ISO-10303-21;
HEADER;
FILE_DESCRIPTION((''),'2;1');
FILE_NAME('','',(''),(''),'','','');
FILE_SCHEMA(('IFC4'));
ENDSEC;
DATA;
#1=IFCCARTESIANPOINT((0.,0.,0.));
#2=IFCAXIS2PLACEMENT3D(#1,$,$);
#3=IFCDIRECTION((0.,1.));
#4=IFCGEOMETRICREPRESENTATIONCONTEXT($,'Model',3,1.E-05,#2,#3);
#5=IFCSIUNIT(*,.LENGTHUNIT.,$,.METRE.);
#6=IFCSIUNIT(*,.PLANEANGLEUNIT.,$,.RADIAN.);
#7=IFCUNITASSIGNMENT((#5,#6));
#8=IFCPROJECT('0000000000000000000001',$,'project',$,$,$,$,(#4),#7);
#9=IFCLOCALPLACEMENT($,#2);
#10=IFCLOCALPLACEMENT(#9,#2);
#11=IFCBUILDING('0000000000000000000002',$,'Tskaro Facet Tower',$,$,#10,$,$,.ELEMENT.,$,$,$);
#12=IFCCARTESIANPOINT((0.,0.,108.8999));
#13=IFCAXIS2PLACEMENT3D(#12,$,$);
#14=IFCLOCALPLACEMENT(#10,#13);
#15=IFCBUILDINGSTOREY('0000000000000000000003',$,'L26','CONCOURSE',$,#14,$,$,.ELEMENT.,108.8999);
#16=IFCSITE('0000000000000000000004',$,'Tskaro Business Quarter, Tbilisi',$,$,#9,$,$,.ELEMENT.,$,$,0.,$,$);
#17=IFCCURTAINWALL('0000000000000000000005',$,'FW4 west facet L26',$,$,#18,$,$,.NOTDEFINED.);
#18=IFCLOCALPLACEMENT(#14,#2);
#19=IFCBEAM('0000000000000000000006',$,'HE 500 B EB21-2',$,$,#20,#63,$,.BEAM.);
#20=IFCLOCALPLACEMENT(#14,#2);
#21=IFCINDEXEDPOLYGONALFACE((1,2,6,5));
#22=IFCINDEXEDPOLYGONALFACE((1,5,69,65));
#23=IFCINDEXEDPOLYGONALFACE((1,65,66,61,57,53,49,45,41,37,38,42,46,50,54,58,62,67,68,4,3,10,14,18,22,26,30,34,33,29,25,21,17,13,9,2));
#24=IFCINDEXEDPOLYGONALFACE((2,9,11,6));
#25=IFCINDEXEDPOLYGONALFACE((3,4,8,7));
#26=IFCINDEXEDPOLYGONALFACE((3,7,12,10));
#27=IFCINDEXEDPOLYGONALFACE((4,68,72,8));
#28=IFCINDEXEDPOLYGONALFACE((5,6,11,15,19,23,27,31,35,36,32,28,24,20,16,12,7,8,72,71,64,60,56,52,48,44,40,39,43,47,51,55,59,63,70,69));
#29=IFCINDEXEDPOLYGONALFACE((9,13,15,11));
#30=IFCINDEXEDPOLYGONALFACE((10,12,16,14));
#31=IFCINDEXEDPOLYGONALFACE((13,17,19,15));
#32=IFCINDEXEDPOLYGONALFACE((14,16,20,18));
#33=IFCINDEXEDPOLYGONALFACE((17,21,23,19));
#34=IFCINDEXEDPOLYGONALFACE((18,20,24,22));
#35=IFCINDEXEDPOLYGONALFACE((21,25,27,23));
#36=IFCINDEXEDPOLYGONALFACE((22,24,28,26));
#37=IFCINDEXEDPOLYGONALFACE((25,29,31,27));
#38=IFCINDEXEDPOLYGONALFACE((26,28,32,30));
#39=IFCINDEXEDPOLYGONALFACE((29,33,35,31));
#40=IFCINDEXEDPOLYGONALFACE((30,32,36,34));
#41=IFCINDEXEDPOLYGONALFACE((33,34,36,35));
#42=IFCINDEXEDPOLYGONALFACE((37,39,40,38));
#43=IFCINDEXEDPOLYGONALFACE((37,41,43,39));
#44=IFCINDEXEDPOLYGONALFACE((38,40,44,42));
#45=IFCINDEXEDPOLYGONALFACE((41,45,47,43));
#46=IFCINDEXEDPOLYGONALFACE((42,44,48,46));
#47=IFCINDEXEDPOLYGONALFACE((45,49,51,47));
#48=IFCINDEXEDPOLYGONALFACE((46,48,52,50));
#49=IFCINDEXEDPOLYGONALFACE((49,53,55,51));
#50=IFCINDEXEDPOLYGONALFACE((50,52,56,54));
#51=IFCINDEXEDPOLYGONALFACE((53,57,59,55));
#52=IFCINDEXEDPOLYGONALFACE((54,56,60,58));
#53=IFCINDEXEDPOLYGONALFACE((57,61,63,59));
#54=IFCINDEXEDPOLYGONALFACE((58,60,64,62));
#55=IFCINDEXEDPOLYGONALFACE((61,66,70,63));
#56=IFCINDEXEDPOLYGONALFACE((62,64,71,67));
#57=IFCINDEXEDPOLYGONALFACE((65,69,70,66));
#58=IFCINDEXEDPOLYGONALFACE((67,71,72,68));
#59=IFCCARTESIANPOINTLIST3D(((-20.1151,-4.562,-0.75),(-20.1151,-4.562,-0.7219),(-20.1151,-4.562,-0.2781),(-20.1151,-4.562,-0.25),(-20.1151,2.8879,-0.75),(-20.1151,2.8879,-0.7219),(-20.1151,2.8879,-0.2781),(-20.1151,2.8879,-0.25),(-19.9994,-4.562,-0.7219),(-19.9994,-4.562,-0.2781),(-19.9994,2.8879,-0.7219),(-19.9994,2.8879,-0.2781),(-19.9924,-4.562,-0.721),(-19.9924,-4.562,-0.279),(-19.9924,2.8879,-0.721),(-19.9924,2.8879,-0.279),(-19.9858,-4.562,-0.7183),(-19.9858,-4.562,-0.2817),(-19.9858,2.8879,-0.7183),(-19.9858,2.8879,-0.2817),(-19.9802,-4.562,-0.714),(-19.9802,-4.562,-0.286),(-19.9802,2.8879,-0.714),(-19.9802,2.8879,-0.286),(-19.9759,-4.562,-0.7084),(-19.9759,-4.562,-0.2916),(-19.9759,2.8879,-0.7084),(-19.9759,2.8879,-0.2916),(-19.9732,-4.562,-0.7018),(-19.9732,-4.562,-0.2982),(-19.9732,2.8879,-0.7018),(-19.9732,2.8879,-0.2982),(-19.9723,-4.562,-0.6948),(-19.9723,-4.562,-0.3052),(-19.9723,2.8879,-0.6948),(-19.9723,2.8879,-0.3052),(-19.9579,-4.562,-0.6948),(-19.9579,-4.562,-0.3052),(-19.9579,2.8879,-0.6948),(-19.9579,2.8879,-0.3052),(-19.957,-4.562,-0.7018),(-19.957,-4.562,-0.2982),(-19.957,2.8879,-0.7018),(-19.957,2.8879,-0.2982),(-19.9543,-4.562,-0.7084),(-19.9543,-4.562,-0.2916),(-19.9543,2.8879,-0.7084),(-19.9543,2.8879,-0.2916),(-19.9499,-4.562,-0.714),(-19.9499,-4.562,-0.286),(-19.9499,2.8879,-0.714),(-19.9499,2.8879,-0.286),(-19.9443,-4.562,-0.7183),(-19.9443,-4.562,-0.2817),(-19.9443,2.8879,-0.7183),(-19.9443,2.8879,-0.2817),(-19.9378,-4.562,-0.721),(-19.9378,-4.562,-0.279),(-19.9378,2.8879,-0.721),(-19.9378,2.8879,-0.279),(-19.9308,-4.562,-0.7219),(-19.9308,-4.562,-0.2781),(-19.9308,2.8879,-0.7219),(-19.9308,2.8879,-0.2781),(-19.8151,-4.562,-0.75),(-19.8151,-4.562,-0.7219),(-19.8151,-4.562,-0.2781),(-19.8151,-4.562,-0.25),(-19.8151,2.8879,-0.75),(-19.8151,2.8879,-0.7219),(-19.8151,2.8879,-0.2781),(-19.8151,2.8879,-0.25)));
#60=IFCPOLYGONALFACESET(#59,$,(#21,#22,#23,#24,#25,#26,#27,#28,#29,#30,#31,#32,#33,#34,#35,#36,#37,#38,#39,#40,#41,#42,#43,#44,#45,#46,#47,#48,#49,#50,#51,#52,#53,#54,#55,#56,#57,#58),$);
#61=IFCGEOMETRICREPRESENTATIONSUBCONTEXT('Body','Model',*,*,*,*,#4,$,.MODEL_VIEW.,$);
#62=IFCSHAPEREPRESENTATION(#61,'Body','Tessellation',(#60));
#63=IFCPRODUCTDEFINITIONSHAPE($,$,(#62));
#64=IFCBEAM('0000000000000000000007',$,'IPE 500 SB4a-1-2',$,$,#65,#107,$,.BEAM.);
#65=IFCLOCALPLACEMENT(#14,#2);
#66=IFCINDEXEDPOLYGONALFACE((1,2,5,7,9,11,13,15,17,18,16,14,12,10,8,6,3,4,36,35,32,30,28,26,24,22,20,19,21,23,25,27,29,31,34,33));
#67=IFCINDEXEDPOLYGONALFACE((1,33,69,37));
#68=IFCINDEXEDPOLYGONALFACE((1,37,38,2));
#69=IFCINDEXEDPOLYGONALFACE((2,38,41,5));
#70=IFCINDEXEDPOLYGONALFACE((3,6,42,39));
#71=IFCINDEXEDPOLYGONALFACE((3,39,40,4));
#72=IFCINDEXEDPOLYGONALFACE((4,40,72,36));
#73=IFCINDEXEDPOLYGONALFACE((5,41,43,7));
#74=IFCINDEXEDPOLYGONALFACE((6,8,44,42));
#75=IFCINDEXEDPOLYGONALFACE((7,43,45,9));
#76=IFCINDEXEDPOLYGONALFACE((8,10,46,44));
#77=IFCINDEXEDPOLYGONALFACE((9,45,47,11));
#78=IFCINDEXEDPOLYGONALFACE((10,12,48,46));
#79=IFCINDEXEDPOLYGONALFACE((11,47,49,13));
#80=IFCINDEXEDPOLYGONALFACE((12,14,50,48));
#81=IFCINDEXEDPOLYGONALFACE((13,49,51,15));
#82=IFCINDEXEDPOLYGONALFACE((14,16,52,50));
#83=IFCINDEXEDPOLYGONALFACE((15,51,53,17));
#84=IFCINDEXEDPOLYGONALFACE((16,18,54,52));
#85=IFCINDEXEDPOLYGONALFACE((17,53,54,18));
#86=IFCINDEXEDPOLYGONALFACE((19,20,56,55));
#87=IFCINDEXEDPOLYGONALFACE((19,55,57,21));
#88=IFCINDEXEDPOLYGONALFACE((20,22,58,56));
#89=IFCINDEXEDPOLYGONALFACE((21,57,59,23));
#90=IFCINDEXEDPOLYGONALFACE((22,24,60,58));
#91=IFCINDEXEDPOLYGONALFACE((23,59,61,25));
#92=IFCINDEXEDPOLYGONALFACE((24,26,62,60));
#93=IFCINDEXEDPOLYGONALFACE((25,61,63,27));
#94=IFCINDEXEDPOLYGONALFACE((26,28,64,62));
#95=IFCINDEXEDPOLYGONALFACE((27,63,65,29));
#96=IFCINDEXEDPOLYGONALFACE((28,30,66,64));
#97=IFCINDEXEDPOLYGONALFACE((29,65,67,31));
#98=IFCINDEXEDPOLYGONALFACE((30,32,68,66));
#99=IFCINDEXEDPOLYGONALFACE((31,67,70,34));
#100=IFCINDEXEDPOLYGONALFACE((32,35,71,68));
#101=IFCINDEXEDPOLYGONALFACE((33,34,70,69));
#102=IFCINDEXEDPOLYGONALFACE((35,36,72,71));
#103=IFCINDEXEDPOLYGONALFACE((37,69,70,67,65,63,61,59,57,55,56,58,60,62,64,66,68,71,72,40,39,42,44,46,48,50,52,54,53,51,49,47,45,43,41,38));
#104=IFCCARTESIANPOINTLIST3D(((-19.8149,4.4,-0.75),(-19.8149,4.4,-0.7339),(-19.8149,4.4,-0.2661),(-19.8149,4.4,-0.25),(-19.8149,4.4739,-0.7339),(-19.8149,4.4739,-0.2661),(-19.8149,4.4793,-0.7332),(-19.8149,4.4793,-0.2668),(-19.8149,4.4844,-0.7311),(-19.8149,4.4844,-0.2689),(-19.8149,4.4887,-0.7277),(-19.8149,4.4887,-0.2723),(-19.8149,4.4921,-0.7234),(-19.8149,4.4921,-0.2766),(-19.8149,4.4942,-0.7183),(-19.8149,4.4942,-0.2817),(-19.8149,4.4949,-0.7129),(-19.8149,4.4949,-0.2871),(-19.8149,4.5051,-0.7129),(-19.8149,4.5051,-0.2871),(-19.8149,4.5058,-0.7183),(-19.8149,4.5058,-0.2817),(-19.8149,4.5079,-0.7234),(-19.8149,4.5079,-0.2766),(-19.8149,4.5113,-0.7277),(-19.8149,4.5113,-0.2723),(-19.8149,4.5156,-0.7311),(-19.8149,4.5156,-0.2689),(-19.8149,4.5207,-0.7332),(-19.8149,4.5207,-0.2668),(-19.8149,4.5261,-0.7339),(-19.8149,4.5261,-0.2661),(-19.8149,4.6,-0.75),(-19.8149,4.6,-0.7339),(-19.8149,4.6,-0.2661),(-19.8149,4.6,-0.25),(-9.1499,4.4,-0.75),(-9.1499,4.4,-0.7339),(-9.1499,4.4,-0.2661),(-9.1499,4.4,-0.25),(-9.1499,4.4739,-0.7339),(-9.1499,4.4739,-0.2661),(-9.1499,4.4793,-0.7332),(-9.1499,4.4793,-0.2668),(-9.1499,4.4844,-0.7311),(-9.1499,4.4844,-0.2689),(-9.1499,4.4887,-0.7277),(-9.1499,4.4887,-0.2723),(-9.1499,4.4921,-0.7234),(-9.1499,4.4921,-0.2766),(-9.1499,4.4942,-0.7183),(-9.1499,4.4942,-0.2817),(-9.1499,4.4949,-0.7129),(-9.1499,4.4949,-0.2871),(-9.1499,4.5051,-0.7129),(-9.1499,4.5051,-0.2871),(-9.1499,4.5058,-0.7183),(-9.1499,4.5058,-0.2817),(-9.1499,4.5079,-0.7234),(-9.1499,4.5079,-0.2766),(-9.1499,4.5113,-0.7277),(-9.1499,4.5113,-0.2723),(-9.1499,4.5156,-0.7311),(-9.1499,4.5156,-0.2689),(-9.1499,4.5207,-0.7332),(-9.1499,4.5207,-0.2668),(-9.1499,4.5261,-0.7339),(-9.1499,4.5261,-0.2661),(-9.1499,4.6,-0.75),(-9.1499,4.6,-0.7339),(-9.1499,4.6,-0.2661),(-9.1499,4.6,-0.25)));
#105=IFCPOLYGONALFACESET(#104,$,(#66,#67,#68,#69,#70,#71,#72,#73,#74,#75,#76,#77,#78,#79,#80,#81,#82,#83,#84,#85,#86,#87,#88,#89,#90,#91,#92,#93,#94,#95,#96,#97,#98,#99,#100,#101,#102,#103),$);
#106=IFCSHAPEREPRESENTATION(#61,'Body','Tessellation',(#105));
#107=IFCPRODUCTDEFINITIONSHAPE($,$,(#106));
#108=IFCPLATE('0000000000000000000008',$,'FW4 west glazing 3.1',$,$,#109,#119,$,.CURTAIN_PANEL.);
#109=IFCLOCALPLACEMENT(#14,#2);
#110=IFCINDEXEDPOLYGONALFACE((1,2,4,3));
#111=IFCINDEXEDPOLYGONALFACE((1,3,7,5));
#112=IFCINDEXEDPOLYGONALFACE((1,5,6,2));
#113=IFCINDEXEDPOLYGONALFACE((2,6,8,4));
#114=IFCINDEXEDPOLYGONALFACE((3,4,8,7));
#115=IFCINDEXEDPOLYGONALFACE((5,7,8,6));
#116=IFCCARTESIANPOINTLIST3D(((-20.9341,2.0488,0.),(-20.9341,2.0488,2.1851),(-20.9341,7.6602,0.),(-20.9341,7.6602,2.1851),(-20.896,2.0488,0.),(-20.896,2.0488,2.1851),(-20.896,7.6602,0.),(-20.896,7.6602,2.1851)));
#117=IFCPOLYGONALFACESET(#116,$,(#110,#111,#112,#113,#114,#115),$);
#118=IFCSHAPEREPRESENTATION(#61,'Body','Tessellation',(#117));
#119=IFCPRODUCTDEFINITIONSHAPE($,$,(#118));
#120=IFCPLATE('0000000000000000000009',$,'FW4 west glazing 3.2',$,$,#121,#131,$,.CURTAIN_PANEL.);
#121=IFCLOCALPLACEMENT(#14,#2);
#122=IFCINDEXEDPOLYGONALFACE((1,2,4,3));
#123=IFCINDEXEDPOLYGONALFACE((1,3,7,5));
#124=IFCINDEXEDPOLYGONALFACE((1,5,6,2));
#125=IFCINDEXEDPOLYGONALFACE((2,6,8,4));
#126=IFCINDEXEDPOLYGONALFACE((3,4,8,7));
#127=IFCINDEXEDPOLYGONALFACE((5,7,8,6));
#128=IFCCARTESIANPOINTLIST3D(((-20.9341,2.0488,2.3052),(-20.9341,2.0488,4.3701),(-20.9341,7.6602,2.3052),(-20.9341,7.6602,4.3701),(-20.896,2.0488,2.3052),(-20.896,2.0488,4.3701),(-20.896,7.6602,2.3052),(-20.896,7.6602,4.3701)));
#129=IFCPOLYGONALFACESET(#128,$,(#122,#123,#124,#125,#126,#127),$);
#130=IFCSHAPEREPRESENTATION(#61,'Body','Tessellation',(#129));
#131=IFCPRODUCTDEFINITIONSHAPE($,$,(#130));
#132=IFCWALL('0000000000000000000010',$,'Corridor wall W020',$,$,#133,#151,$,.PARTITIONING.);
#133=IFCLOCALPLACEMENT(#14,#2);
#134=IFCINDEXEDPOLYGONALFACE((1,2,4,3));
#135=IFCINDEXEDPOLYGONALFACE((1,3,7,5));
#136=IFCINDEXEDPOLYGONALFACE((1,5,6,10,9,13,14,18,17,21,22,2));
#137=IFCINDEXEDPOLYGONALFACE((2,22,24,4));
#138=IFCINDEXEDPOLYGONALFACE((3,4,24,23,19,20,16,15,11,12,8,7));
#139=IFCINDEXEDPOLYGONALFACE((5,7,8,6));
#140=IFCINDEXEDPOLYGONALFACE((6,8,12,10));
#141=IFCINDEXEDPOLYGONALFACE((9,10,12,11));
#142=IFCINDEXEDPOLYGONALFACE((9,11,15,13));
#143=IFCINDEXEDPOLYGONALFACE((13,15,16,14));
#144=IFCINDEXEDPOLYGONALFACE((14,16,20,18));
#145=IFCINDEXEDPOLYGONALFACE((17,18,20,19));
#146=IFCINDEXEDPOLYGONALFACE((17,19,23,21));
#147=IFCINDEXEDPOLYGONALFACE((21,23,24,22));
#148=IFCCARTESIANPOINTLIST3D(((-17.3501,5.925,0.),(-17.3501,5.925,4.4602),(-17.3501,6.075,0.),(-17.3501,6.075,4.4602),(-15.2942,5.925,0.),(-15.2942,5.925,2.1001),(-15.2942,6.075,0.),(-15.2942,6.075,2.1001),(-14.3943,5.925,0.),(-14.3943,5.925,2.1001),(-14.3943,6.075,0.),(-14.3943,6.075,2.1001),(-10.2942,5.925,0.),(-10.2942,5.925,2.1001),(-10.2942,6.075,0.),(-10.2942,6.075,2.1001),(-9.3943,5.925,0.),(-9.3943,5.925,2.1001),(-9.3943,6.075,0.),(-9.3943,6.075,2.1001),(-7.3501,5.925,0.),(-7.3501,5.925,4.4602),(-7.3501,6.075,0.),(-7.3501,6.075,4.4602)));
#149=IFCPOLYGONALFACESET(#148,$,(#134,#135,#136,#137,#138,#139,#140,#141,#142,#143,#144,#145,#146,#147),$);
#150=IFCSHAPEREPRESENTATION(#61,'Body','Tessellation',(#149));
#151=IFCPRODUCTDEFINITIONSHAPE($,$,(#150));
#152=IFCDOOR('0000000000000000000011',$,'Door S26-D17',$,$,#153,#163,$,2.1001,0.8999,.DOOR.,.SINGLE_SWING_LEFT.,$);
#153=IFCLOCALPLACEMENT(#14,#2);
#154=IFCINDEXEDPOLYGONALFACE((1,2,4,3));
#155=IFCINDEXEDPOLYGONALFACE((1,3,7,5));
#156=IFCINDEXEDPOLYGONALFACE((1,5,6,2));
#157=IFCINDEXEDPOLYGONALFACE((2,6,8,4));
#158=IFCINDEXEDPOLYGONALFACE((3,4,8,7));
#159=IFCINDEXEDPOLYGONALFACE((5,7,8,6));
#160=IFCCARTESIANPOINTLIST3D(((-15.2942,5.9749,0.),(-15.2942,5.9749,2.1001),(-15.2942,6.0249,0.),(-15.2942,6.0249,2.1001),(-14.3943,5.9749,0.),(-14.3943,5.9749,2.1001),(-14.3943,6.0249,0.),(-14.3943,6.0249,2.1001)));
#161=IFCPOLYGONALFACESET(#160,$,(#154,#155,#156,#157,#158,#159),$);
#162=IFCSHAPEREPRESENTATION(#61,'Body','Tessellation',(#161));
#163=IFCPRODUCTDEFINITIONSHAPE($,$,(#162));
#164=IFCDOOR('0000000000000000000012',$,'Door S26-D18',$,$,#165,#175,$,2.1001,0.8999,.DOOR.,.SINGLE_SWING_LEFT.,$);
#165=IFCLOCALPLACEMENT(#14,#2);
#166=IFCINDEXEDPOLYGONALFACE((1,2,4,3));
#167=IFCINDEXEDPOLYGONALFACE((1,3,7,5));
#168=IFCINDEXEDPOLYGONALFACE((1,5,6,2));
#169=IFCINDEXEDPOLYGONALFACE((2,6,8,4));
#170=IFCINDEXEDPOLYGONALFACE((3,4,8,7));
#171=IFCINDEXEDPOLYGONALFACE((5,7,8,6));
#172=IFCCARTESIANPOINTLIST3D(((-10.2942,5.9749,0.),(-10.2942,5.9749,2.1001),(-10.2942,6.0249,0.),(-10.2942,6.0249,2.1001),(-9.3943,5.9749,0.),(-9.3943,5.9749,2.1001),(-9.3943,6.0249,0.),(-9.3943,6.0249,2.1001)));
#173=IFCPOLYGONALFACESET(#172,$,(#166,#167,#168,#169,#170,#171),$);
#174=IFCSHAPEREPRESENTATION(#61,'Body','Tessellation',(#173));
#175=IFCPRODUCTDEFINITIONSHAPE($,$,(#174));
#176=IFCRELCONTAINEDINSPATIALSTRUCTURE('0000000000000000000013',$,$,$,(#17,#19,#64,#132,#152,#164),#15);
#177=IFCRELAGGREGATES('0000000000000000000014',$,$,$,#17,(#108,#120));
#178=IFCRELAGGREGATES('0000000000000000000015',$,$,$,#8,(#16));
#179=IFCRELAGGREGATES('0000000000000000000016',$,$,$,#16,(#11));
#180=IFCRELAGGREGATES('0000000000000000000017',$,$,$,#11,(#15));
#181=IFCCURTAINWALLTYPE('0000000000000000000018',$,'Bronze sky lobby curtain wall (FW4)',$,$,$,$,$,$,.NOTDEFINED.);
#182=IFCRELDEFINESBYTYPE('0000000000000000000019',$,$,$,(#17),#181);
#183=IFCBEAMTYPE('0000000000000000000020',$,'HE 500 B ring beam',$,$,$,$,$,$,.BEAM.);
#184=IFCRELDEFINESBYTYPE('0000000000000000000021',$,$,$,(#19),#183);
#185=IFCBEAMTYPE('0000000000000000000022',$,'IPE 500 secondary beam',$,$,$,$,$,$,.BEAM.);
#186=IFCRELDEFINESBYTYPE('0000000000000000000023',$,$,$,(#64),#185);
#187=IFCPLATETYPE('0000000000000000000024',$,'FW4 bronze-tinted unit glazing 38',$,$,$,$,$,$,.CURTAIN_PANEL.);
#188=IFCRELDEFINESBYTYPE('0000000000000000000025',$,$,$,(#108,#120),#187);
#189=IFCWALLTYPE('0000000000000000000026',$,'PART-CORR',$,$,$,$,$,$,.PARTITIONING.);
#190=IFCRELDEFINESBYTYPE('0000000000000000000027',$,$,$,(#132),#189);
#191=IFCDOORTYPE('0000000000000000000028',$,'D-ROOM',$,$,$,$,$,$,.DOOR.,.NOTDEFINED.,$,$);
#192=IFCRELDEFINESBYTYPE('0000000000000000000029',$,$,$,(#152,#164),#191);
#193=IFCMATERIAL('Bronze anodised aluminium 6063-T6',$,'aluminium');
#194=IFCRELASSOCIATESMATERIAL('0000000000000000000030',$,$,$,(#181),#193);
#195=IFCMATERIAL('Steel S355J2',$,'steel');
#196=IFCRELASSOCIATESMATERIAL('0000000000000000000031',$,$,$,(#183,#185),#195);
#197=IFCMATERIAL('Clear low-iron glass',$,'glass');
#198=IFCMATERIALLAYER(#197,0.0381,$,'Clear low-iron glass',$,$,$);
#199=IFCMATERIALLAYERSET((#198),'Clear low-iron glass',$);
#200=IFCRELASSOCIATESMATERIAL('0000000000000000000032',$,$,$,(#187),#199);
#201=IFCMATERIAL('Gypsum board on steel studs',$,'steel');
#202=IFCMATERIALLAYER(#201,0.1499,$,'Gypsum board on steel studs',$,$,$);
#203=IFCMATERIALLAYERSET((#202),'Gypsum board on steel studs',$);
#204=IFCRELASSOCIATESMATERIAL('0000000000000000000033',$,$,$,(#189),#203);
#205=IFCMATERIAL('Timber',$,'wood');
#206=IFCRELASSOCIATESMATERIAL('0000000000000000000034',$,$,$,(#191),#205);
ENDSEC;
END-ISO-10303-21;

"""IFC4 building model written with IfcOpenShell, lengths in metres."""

from ifc_helpers import new_model, si_unit, direction, frame, frame_2d, origin, origin_2d, place, context, subcontext, project, spatial, rectangle, i_section, extrude, material, layer, layer_set, material_profile, profile_set, type_object, element, fill, aggregate, save


model = new_model("IFC4")

# Units and contexts
model_context = context("Model", 3, precision=1e-05, world=origin(), true_north=direction((0.0, 1.0)))
body_context = subcontext(model_context, "Body", "Model", "MODEL_VIEW")
ifc_project = project(units=[si_unit("LENGTHUNIT", "METRE"), si_unit("PLANEANGLEUNIT", "RADIAN")], contexts=[model_context])

# Site, building, storey
site_placement = place(None, origin())
site = spatial("IfcSite", under=ifc_project, at=site_placement, Name="Tskaro Business Quarter, Tbilisi", CompositionType="ELEMENT", RefElevation=0.0)
building_placement = place(site_placement, origin())
building = spatial("IfcBuilding", under=site, at=building_placement, Name="Tskaro Facet Tower", CompositionType="ELEMENT")
storey_placement = place(building_placement, frame((0.0, 0.0, 108.8999)))
storey = spatial("IfcBuildingStorey", under=building, at=storey_placement, Name="L26", Description="CONCOURSE", CompositionType="ELEMENT", Elevation=108.8999)

# Curtain wall
ifc_material_1 = material(Name="Bronze anodised aluminium 6063-T6", Category="aluminium")
curtain_wall_type = type_object("IfcCurtainWallType", Name="Bronze sky lobby curtain wall (FW4)", PredefinedType="NOTDEFINED", material=ifc_material_1)
curtain_wall_placement = place(storey_placement, origin())
curtain_wall = element("IfcCurtainWall", 1, at=curtain_wall_placement, inside=storey, type_object=curtain_wall_type, Name="FW4 west facet L26", PredefinedType="NOTDEFINED")

# Beams
ifc_material_2 = material(Name="Steel S355J2", Category="steel")
ifc_material_profile_1 = material_profile(ifc_material_2, i_section(OverallWidth=0.3, OverallDepth=0.5, WebThickness=0.0144, FlangeThickness=0.0281, FilletRadius=0.0271, at=origin_2d()), Name="HE 500 B")
ifc_profile_set_1 = profile_set([ifc_material_profile_1], Name="Steel S355J2")
beam_type_1 = type_object("IfcBeamType", Name="HE 500 B ring beam", PredefinedType="BEAM", material=ifc_profile_set_1)
beam_1_placement = place(storey_placement, frame((-19.9651, 2.8879, -0.5), z_axis=(0.0, -1.0, 0.0), x_axis=(1.0, 0.0, 0.0)))
element("IfcBeam", 2, at=beam_1_placement, inside=storey, type_object=beam_type_1, Name="HE 500 B EB21-2", PredefinedType="BEAM", context=body_context, shape_type="SweptSolid", body=[
    extrude(i_section(OverallWidth=0.3, OverallDepth=0.5, WebThickness=0.0144, FlangeThickness=0.0281, FilletRadius=0.0271, at=origin_2d()), origin(), (0.0, 0.0, 1.0), 7.45),
])
ifc_material_profile_2 = material_profile(ifc_material_2, i_section(OverallWidth=0.2, OverallDepth=0.5, WebThickness=0.0103, FlangeThickness=0.0161, FilletRadius=0.021, at=origin_2d()), Name="IPE 500")
ifc_profile_set_2 = profile_set([ifc_material_profile_2], Name="Steel S355J2")
beam_type_2 = type_object("IfcBeamType", Name="IPE 500 secondary beam", PredefinedType="BEAM", material=ifc_profile_set_2)
beam_2_placement = place(storey_placement, frame((-19.8149, 4.5, -0.5), z_axis=(1.0, 0.0, 0.0), x_axis=(0.0, 1.0, 0.0)))
element("IfcBeam", 3, at=beam_2_placement, inside=storey, type_object=beam_type_2, Name="IPE 500 SB4a-1-2", PredefinedType="BEAM", context=body_context, shape_type="SweptSolid", body=[
    extrude(i_section(OverallWidth=0.2, OverallDepth=0.5, WebThickness=0.0103, FlangeThickness=0.0161, FilletRadius=0.021, at=origin_2d()), origin(), (0.0, 0.0, 1.0), 10.665),
])

# Plates
ifc_material_3 = material(Name="Clear low-iron glass", Category="glass")
ifc_layer_1 = layer(ifc_material_3, 0.0381, Name="Clear low-iron glass")
ifc_layer_set_1 = layer_set([ifc_layer_1], Name="Clear low-iron glass")
plate_type = type_object("IfcPlateType", Name="FW4 bronze-tinted unit glazing 38", PredefinedType="CURTAIN_PANEL", material=ifc_layer_set_1)
plate_1_placement = place(storey_placement, frame((-20.915, 4.8545, 0.0), z_axis=(0.0, 0.0, 1.0), x_axis=(0.0, -1.0, 0.0)))
plate_1 = element("IfcPlate", 4, at=plate_1_placement, type_object=plate_type, Name="FW4 west glazing 3.1", PredefinedType="CURTAIN_PANEL", context=body_context, shape_type="SweptSolid", body=[
    extrude(rectangle(XDim=5.6113, YDim=0.0381, at=origin_2d()), origin(), (0.0, 0.0, 1.0), 2.1851),
])
plate_2_placement = place(storey_placement, frame((-20.915, 4.8545, 2.3052), z_axis=(0.0, 0.0, 1.0), x_axis=(0.0, -1.0, 0.0)))
plate_2 = element("IfcPlate", 5, at=plate_2_placement, type_object=plate_type, Name="FW4 west glazing 3.2", PredefinedType="CURTAIN_PANEL", context=body_context, shape_type="SweptSolid", body=[
    extrude(rectangle(XDim=5.6113, YDim=0.0381, at=origin_2d()), origin(), (0.0, 0.0, 1.0), 2.0649),
])
aggregate(curtain_wall, [plate_1, plate_2])

# Wall, openings, doors
ifc_material_4 = material(Name="Gypsum board on steel studs", Category="steel")
ifc_layer_2 = layer(ifc_material_4, 0.1499, Name="Gypsum board on steel studs")
ifc_layer_set_2 = layer_set([ifc_layer_2], Name="Gypsum board on steel studs")
wall_type = type_object("IfcWallType", Name="PART-CORR", PredefinedType="PARTITIONING", material=ifc_layer_set_2)
wall_1_placement = place(storey_placement, frame((-17.3501, 6.0, 0.0), z_axis=(0.0, 0.0, 1.0), x_axis=(1.0, 0.0, 0.0)))
wall_1 = element("IfcWall", 6, at=wall_1_placement, inside=storey, type_object=wall_type, Name="Corridor wall W020", PredefinedType="PARTITIONING", context=body_context, shape_type="SweptSolid", body=[
    extrude(rectangle(XDim=10.0, YDim=0.1499, at=frame_2d((5.0, 0.0))), origin(), (0.0, 0.0, 1.0), 4.4602),
])
opening_1_placement = place(wall_1_placement, frame((2.0559, 0.0, 0.0)))
opening_1 = element("IfcOpeningElement", 7, at=opening_1_placement, cuts=wall_1, PredefinedType="OPENING", context=body_context, shape_type="SweptSolid", body=[
    extrude(rectangle(XDim=0.8999, YDim=2.1001, at=frame_2d((0.45, 1.05))), frame((0.0, 0.085, 0.0), z_axis=(0.0, -1.0, 0.0), x_axis=(1.0, 0.0, 0.0)), (0.0, 0.0, 1.0), 0.1699),
])
opening_2_placement = place(wall_1_placement, frame((7.0559, 0.0, 0.0)))
opening_2 = element("IfcOpeningElement", 8, at=opening_2_placement, cuts=wall_1, PredefinedType="OPENING", context=body_context, shape_type="SweptSolid", body=[
    extrude(rectangle(XDim=0.8999, YDim=2.1001, at=frame_2d((0.45, 1.05))), frame((0.0, 0.085, 0.0), z_axis=(0.0, -1.0, 0.0), x_axis=(1.0, 0.0, 0.0)), (0.0, 0.0, 1.0), 0.1699),
])
ifc_material_5 = material(Name="Timber", Category="wood")
door_type_1 = type_object("IfcDoorType", Name="D-ROOM", OperationType="NOTDEFINED", PredefinedType="DOOR", material=ifc_material_5)
door_1_placement = place(opening_1_placement, origin())
door_1 = element("IfcDoor", 9, at=door_1_placement, inside=storey, type_object=door_type_1, Name="Door S26-D17", OperationType="SINGLE_SWING_LEFT", OverallHeight=2.1001, OverallWidth=0.8999, PredefinedType="DOOR", context=body_context, shape_type="SweptSolid", body=[
    extrude(rectangle(XDim=0.8999, YDim=2.1001, at=frame_2d((0.45, 1.05))), frame((0.0, 0.0249, 0.0), z_axis=(0.0, -1.0, 0.0), x_axis=(1.0, 0.0, 0.0)), (0.0, 0.0, 1.0), 0.05),
])
fill(opening_1, door_1)
door_2_placement = place(opening_2_placement, origin())
door_2 = element("IfcDoor", 10, at=door_2_placement, inside=storey, type_object=door_type_1, Name="Door S26-D18", OperationType="SINGLE_SWING_LEFT", OverallHeight=2.1001, OverallWidth=0.8999, PredefinedType="DOOR", context=body_context, shape_type="SweptSolid", body=[
    extrude(rectangle(XDim=0.8999, YDim=2.1001, at=frame_2d((0.45, 1.05))), frame((0.0, 0.0249, 0.0), z_axis=(0.0, -1.0, 0.0), x_axis=(1.0, 0.0, 0.0)), (0.0, 0.0, 1.0), 0.05),
])
fill(opening_2, door_2)

save(model, "model.ifc")
